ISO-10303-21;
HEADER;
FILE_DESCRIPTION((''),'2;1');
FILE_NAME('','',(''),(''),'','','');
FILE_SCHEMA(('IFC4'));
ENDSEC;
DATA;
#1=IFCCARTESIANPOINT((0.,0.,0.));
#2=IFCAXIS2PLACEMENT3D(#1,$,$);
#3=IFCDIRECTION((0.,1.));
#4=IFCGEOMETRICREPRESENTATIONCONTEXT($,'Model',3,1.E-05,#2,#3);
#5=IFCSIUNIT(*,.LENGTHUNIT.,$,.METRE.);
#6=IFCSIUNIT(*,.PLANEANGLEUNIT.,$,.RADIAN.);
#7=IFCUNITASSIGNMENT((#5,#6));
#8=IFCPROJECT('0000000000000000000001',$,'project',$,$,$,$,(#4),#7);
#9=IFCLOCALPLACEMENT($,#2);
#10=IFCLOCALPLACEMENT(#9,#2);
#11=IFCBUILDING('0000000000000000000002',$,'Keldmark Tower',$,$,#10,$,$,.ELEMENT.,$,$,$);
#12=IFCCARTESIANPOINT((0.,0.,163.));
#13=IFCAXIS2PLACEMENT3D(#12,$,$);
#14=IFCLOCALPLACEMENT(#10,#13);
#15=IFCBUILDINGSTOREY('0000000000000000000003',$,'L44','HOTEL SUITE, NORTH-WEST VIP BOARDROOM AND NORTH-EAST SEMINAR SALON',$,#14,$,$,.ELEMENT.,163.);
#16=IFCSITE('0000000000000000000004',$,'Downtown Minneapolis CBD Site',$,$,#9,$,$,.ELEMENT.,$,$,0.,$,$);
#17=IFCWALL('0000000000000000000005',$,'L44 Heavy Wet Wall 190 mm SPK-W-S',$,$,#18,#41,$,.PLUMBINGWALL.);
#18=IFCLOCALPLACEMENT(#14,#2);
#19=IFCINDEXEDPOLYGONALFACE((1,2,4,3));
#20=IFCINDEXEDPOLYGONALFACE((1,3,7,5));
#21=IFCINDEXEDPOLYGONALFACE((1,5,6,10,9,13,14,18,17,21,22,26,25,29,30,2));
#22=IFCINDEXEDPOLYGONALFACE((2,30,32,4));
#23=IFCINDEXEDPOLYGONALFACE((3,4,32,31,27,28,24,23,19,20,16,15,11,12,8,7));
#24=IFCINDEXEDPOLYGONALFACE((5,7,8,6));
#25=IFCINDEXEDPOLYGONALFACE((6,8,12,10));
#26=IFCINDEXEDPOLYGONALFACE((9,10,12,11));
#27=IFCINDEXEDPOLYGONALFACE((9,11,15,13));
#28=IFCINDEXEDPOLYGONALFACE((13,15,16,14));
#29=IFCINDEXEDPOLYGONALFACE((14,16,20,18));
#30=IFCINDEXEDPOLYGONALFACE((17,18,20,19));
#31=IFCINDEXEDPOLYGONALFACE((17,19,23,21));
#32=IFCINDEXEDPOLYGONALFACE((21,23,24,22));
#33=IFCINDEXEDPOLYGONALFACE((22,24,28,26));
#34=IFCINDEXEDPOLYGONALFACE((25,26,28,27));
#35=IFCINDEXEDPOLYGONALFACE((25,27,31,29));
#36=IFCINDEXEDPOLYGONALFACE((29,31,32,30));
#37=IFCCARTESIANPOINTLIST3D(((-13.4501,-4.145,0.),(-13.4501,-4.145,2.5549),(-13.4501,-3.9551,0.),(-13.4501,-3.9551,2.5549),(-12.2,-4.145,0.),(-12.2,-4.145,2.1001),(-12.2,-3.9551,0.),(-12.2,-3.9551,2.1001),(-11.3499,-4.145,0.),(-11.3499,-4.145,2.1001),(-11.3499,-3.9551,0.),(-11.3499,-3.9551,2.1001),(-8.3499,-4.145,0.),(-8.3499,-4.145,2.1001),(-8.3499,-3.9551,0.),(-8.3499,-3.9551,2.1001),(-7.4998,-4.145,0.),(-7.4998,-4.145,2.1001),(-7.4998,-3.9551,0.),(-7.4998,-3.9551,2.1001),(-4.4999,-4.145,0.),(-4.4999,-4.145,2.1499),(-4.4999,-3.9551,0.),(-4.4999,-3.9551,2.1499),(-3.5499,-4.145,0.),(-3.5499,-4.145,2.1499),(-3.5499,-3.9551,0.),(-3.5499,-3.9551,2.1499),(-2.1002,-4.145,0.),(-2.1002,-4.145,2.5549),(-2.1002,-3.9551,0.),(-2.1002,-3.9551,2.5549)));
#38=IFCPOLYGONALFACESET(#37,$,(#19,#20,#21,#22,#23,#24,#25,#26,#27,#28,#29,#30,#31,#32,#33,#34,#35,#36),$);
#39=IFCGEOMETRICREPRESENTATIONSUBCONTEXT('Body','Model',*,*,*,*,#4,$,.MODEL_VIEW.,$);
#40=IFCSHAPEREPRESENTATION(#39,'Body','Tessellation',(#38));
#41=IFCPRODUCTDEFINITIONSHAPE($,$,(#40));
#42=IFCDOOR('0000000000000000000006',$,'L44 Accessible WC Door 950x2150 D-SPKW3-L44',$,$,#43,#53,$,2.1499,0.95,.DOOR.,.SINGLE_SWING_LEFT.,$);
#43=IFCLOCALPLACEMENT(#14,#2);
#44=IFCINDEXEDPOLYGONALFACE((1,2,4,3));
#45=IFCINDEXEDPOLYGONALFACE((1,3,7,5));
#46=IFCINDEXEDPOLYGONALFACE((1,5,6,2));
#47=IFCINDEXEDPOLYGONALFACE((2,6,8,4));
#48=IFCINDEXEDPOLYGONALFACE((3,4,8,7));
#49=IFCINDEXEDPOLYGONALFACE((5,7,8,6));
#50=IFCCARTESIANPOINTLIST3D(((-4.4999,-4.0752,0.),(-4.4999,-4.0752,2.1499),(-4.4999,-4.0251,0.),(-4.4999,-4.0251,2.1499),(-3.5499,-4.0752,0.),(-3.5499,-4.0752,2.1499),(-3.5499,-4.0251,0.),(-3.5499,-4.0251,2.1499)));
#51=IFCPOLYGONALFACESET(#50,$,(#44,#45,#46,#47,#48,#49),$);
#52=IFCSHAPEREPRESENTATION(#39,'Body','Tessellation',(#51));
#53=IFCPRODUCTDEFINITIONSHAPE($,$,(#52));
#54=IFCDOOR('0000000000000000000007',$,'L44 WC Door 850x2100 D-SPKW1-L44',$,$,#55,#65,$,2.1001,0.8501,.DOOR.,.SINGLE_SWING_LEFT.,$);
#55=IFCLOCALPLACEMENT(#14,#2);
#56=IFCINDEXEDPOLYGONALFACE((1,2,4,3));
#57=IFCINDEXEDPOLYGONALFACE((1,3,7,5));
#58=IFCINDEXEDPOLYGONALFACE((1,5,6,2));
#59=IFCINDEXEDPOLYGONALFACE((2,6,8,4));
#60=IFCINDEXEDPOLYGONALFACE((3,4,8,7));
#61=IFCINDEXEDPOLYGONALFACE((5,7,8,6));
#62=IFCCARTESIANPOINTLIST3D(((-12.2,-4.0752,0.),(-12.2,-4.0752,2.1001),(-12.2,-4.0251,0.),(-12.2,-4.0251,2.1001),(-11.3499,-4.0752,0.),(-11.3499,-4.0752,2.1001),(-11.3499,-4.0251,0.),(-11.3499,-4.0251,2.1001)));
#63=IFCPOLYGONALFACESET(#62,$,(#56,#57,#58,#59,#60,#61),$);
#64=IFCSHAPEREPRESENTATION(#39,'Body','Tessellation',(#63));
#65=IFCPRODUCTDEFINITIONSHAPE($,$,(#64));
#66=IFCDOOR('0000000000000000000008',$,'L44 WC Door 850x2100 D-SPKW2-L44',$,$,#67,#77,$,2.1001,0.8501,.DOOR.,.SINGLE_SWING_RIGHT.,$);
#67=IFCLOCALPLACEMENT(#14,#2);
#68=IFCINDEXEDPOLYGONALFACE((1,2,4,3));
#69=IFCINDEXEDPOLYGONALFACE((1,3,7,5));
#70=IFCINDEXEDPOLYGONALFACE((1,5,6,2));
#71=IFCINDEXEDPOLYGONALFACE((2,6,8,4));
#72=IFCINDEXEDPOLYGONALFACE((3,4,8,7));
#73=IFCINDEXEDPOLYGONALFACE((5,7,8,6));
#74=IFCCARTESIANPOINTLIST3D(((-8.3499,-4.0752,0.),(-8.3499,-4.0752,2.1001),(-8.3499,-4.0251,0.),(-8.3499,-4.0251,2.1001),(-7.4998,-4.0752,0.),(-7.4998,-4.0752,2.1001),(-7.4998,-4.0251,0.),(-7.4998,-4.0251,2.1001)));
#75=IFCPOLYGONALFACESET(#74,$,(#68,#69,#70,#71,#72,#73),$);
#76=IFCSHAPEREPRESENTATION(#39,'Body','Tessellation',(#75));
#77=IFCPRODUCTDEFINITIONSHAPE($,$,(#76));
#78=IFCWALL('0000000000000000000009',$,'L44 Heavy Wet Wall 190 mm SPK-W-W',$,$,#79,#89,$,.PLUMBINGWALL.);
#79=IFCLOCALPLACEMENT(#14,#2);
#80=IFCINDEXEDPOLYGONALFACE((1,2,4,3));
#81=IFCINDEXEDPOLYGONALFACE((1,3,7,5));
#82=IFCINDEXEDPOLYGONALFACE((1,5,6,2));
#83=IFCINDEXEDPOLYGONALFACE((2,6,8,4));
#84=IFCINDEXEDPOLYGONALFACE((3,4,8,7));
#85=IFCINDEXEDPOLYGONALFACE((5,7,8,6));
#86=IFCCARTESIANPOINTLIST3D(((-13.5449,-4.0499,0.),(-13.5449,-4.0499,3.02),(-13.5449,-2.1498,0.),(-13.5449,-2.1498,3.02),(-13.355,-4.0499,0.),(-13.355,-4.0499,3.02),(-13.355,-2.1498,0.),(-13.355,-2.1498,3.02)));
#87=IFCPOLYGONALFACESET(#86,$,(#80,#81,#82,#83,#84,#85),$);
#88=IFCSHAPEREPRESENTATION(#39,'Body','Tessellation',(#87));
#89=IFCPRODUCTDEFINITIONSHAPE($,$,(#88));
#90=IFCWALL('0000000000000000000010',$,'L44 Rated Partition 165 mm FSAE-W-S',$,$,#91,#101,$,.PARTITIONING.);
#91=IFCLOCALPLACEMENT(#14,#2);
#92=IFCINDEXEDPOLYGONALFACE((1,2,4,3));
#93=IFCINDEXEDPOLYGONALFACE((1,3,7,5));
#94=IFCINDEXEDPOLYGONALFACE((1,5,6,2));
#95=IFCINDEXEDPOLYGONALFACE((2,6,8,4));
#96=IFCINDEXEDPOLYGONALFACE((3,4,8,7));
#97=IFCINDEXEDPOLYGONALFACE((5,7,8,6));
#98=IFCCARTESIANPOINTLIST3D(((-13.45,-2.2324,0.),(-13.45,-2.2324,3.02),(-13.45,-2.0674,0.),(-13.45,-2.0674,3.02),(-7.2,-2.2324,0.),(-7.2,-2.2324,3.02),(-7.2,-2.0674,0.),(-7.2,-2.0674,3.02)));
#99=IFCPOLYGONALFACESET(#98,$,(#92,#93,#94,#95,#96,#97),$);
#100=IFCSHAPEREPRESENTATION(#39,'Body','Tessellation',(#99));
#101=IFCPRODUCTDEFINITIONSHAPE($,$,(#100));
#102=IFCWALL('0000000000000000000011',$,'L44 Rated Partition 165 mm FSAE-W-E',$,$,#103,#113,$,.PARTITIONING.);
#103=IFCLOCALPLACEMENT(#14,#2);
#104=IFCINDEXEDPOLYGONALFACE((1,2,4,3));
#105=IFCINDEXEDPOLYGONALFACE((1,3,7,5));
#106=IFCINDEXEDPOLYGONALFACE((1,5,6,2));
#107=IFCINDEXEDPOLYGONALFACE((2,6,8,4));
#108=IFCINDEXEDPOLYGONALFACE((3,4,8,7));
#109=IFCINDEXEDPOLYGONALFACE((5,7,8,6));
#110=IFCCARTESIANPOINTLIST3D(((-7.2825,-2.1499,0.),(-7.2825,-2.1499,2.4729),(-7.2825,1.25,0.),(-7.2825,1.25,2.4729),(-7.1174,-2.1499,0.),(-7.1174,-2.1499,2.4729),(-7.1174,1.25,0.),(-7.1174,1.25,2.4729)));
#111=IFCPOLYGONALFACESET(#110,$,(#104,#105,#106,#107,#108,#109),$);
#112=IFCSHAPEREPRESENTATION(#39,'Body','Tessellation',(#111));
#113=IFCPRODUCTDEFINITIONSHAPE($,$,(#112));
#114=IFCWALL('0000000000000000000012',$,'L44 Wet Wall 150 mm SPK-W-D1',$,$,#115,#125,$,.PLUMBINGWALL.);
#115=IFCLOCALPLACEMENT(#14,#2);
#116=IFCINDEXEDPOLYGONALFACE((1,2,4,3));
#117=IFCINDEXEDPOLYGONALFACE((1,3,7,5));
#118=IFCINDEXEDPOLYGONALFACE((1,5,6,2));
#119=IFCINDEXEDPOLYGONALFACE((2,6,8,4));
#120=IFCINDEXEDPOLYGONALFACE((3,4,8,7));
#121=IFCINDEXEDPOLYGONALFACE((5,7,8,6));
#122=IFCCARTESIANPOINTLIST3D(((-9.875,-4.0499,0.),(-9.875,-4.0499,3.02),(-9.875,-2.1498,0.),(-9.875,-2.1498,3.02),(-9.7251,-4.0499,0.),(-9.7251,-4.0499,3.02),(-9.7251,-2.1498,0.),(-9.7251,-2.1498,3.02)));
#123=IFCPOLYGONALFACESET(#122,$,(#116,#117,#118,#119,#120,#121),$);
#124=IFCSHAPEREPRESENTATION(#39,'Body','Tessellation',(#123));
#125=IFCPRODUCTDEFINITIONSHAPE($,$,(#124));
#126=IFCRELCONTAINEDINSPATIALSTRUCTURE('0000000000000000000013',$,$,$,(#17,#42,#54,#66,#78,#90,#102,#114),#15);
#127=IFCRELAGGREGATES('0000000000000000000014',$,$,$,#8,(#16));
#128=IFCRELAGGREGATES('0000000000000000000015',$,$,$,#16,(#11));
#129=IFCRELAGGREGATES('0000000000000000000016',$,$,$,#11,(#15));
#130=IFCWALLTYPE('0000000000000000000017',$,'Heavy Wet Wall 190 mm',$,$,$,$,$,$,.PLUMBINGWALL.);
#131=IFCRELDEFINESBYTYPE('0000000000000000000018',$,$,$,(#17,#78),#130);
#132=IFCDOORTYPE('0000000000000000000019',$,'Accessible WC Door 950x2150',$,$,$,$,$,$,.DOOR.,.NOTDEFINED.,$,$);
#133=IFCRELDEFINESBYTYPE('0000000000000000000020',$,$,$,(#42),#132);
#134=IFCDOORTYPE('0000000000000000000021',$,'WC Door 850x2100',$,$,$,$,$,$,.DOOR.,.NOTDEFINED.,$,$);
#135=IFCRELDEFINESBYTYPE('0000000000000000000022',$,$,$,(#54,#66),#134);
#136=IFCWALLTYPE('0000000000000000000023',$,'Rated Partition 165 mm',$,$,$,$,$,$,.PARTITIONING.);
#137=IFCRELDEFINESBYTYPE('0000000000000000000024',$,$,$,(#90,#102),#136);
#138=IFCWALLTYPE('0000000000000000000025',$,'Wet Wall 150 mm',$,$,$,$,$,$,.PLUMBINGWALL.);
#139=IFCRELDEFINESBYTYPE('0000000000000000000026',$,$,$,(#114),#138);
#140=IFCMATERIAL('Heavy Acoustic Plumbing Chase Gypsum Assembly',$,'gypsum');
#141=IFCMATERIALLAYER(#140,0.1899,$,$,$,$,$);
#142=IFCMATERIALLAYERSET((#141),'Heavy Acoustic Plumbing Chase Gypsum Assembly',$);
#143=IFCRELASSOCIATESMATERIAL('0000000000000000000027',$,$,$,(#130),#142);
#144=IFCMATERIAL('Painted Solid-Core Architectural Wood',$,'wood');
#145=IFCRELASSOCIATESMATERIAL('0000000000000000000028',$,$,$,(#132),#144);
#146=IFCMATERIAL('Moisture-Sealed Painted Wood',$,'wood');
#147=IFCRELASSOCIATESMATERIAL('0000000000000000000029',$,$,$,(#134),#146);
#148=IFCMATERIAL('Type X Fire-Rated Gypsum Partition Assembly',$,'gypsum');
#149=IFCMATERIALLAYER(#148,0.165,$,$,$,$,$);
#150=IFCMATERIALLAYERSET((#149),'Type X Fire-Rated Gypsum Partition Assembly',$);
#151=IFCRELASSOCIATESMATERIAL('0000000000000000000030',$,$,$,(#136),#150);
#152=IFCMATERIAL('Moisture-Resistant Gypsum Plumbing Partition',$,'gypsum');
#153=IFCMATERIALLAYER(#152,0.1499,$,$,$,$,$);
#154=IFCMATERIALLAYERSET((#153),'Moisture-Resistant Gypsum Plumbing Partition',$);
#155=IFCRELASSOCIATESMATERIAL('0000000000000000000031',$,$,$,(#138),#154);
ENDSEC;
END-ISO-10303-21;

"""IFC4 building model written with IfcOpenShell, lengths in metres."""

from ifc_helpers import new_model, si_unit, direction, frame, frame_2d, origin, place, context, subcontext, project, spatial, rectangle, extrude, material, layer, layer_set, type_object, element, fill, save


model = new_model("IFC4")

# Units and contexts
model_context = context("Model", 3, precision=1e-05, world=origin(), true_north=direction((0.0, 1.0)))
body_context = subcontext(model_context, "Body", "Model", "MODEL_VIEW")
ifc_project = project(units=[si_unit("LENGTHUNIT", "METRE"), si_unit("PLANEANGLEUNIT", "RADIAN")], contexts=[model_context])

# Site, building, storey
site_placement = place(None, origin())
site = spatial("IfcSite", under=ifc_project, at=site_placement, Name="Downtown Minneapolis CBD Site", CompositionType="ELEMENT", RefElevation=0.0)
building_placement = place(site_placement, origin())
building = spatial("IfcBuilding", under=site, at=building_placement, Name="Keldmark Tower", CompositionType="ELEMENT")
storey_placement = place(building_placement, frame((0.0, 0.0, 163.0)))
storey = spatial("IfcBuildingStorey", under=building, at=storey_placement, Name="L44", Description="HOTEL SUITE, NORTH-WEST VIP BOARDROOM AND NORTH-EAST SEMINAR SALON", CompositionType="ELEMENT", Elevation=163.0)

# Wall, openings, doors
ifc_material_1 = material(Name="Heavy Acoustic Plumbing Chase Gypsum Assembly", Category="gypsum")
ifc_layer_1 = layer(ifc_material_1, 0.1899)
ifc_layer_set_1 = layer_set([ifc_layer_1], Name="Heavy Acoustic Plumbing Chase Gypsum Assembly")
wall_type_1 = type_object("IfcWallType", Name="Heavy Wet Wall 190 mm", PredefinedType="PLUMBINGWALL", material=ifc_layer_set_1)
wall_1_placement = place(storey_placement, frame((-13.45, -4.05, 0.0), z_axis=(0.0, 0.0, 1.0), x_axis=(1.0, 0.0, 0.0)))
wall_1 = element("IfcWall", 1, at=wall_1_placement, inside=storey, type_object=wall_type_1, Name="L44 Heavy Wet Wall 190 mm SPK-W-S", PredefinedType="PLUMBINGWALL", context=body_context, shape_type="SweptSolid", body=[
    extrude(rectangle(XDim=11.3499, YDim=0.1899, at=frame_2d((5.6748, 0.0))), origin(), (0.0, 0.0, 1.0), 2.5549),
])
opening_1_placement = place(wall_1_placement, frame((1.25, 0.0, 0.0)))
opening_1 = element("IfcOpeningElement", 2, at=opening_1_placement, cuts=wall_1, PredefinedType="OPENING", context=body_context, shape_type="SweptSolid", body=[
    extrude(rectangle(XDim=0.8501, YDim=2.1001, at=frame_2d((0.425, 1.05))), frame((0.0, 0.105, 0.0), z_axis=(0.0, -1.0, 0.0), x_axis=(1.0, 0.0, 0.0)), (0.0, 0.0, 1.0), 0.21),
])
opening_2_placement = place(wall_1_placement, frame((5.1001, 0.0, 0.0)))
opening_2 = element("IfcOpeningElement", 3, at=opening_2_placement, cuts=wall_1, PredefinedType="OPENING", context=body_context, shape_type="SweptSolid", body=[
    extrude(rectangle(XDim=0.8501, YDim=2.1001, at=frame_2d((0.425, 1.05))), frame((0.0, 0.105, 0.0), z_axis=(0.0, -1.0, 0.0), x_axis=(1.0, 0.0, 0.0)), (0.0, 0.0, 1.0), 0.21),
])
opening_3_placement = place(wall_1_placement, frame((8.95, 0.0, 0.0)))
opening_3 = element("IfcOpeningElement", 4, at=opening_3_placement, cuts=wall_1, PredefinedType="OPENING", context=body_context, shape_type="SweptSolid", body=[
    extrude(rectangle(XDim=0.95, YDim=2.1499, at=frame_2d((0.4751, 1.075))), frame((0.0, 0.105, 0.0), z_axis=(0.0, -1.0, 0.0), x_axis=(1.0, 0.0, 0.0)), (0.0, 0.0, 1.0), 0.21),
])
ifc_material_2 = material(Name="Painted Solid-Core Architectural Wood", Category="wood")
door_type_1 = type_object("IfcDoorType", Name="Accessible WC Door 950x2150", OperationType="NOTDEFINED", PredefinedType="DOOR", material=ifc_material_2)
door_1_placement = place(opening_3_placement, origin())
door_1 = element("IfcDoor", 5, at=door_1_placement, inside=storey, type_object=door_type_1, Name="L44 Accessible WC Door 950x2150 D-SPKW3-L44", OperationType="SINGLE_SWING_LEFT", OverallHeight=2.1499, OverallWidth=0.95, PredefinedType="DOOR", context=body_context, shape_type="SweptSolid", body=[
    extrude(rectangle(XDim=0.95, YDim=2.1499, at=frame_2d((0.4751, 1.075))), frame((0.0, 0.0249, 0.0), z_axis=(0.0, -1.0, 0.0), x_axis=(1.0, 0.0, 0.0)), (0.0, 0.0, 1.0), 0.05),
])
fill(opening_3, door_1)
ifc_material_3 = material(Name="Moisture-Sealed Painted Wood", Category="wood")
door_type_2 = type_object("IfcDoorType", Name="WC Door 850x2100", OperationType="NOTDEFINED", PredefinedType="DOOR", material=ifc_material_3)
door_2_placement = place(opening_1_placement, origin())
door_2 = element("IfcDoor", 6, at=door_2_placement, inside=storey, type_object=door_type_2, Name="L44 WC Door 850x2100 D-SPKW1-L44", OperationType="SINGLE_SWING_LEFT", OverallHeight=2.1001, OverallWidth=0.8501, PredefinedType="DOOR", context=body_context, shape_type="SweptSolid", body=[
    extrude(rectangle(XDim=0.8501, YDim=2.1001, at=frame_2d((0.425, 1.05))), frame((0.0, 0.0249, 0.0), z_axis=(0.0, -1.0, 0.0), x_axis=(1.0, 0.0, 0.0)), (0.0, 0.0, 1.0), 0.05),
])
fill(opening_1, door_2)
door_3_placement = place(opening_2_placement, origin())
door_3 = element("IfcDoor", 7, at=door_3_placement, inside=storey, type_object=door_type_2, Name="L44 WC Door 850x2100 D-SPKW2-L44", OperationType="SINGLE_SWING_RIGHT", OverallHeight=2.1001, OverallWidth=0.8501, PredefinedType="DOOR", context=body_context, shape_type="SweptSolid", body=[
    extrude(rectangle(XDim=0.8501, YDim=2.1001, at=frame_2d((0.425, 1.05))), frame((0.0, 0.0249, 0.0), z_axis=(0.0, -1.0, 0.0), x_axis=(1.0, 0.0, 0.0)), (0.0, 0.0, 1.0), 0.05),
])
fill(opening_2, door_3)

# Walls
wall_2_placement = place(storey_placement, frame((-13.45, -4.05, 0.0), z_axis=(0.0, 0.0, 1.0), x_axis=(0.0, 1.0, 0.0)))
element("IfcWall", 8, at=wall_2_placement, inside=storey, type_object=wall_type_1, Name="L44 Heavy Wet Wall 190 mm SPK-W-W", PredefinedType="PLUMBINGWALL", context=body_context, shape_type="SweptSolid", body=[
    extrude(rectangle(XDim=1.9001, YDim=0.1899, at=frame_2d((0.9502, 0.0))), origin(), (0.0, 0.0, 1.0), 3.02),
])
ifc_material_4 = material(Name="Type X Fire-Rated Gypsum Partition Assembly", Category="gypsum")
ifc_layer_2 = layer(ifc_material_4, 0.165)
ifc_layer_set_2 = layer_set([ifc_layer_2], Name="Type X Fire-Rated Gypsum Partition Assembly")
wall_type_2 = type_object("IfcWallType", Name="Rated Partition 165 mm", PredefinedType="PARTITIONING", material=ifc_layer_set_2)
wall_3_placement = place(storey_placement, frame((-13.45, -2.1499, 0.0), z_axis=(0.0, 0.0, 1.0), x_axis=(1.0, 0.0, 0.0)))
element("IfcWall", 9, at=wall_3_placement, inside=storey, type_object=wall_type_2, Name="L44 Rated Partition 165 mm FSAE-W-S", PredefinedType="PARTITIONING", context=body_context, shape_type="SweptSolid", body=[
    extrude(rectangle(XDim=6.25, YDim=0.165, at=frame_2d((3.125, 0.0))), origin(), (0.0, 0.0, 1.0), 3.02),
])

# Walls
wall_4_placement = place(storey_placement, frame((-7.2, -2.1499, 0.0), z_axis=(0.0, 0.0, 1.0), x_axis=(0.0, 1.0, 0.0)))
element("IfcWall", 10, at=wall_4_placement, inside=storey, type_object=wall_type_2, Name="L44 Rated Partition 165 mm FSAE-W-E", PredefinedType="PARTITIONING", context=body_context, shape_type="SweptSolid", body=[
    extrude(rectangle(XDim=3.3999, YDim=0.165, at=frame_2d((1.7, 0.0))), origin(), (0.0, 0.0, 1.0), 2.4729),
])
ifc_material_5 = material(Name="Moisture-Resistant Gypsum Plumbing Partition", Category="gypsum")
ifc_layer_3 = layer(ifc_material_5, 0.1499)
ifc_layer_set_3 = layer_set([ifc_layer_3], Name="Moisture-Resistant Gypsum Plumbing Partition")
wall_type_3 = type_object("IfcWallType", Name="Wet Wall 150 mm", PredefinedType="PLUMBINGWALL", material=ifc_layer_set_3)
wall_5_placement = place(storey_placement, frame((-9.8, -4.05, 0.0), z_axis=(0.0, 0.0, 1.0), x_axis=(0.0, 1.0, 0.0)))
element("IfcWall", 11, at=wall_5_placement, inside=storey, type_object=wall_type_3, Name="L44 Wet Wall 150 mm SPK-W-D1", PredefinedType="PLUMBINGWALL", context=body_context, shape_type="SweptSolid", body=[
    extrude(rectangle(XDim=1.9001, YDim=0.1499, at=frame_2d((0.9502, 0.0))), origin(), (0.0, 0.0, 1.0), 3.02),
])

save(model, "model.ifc")
